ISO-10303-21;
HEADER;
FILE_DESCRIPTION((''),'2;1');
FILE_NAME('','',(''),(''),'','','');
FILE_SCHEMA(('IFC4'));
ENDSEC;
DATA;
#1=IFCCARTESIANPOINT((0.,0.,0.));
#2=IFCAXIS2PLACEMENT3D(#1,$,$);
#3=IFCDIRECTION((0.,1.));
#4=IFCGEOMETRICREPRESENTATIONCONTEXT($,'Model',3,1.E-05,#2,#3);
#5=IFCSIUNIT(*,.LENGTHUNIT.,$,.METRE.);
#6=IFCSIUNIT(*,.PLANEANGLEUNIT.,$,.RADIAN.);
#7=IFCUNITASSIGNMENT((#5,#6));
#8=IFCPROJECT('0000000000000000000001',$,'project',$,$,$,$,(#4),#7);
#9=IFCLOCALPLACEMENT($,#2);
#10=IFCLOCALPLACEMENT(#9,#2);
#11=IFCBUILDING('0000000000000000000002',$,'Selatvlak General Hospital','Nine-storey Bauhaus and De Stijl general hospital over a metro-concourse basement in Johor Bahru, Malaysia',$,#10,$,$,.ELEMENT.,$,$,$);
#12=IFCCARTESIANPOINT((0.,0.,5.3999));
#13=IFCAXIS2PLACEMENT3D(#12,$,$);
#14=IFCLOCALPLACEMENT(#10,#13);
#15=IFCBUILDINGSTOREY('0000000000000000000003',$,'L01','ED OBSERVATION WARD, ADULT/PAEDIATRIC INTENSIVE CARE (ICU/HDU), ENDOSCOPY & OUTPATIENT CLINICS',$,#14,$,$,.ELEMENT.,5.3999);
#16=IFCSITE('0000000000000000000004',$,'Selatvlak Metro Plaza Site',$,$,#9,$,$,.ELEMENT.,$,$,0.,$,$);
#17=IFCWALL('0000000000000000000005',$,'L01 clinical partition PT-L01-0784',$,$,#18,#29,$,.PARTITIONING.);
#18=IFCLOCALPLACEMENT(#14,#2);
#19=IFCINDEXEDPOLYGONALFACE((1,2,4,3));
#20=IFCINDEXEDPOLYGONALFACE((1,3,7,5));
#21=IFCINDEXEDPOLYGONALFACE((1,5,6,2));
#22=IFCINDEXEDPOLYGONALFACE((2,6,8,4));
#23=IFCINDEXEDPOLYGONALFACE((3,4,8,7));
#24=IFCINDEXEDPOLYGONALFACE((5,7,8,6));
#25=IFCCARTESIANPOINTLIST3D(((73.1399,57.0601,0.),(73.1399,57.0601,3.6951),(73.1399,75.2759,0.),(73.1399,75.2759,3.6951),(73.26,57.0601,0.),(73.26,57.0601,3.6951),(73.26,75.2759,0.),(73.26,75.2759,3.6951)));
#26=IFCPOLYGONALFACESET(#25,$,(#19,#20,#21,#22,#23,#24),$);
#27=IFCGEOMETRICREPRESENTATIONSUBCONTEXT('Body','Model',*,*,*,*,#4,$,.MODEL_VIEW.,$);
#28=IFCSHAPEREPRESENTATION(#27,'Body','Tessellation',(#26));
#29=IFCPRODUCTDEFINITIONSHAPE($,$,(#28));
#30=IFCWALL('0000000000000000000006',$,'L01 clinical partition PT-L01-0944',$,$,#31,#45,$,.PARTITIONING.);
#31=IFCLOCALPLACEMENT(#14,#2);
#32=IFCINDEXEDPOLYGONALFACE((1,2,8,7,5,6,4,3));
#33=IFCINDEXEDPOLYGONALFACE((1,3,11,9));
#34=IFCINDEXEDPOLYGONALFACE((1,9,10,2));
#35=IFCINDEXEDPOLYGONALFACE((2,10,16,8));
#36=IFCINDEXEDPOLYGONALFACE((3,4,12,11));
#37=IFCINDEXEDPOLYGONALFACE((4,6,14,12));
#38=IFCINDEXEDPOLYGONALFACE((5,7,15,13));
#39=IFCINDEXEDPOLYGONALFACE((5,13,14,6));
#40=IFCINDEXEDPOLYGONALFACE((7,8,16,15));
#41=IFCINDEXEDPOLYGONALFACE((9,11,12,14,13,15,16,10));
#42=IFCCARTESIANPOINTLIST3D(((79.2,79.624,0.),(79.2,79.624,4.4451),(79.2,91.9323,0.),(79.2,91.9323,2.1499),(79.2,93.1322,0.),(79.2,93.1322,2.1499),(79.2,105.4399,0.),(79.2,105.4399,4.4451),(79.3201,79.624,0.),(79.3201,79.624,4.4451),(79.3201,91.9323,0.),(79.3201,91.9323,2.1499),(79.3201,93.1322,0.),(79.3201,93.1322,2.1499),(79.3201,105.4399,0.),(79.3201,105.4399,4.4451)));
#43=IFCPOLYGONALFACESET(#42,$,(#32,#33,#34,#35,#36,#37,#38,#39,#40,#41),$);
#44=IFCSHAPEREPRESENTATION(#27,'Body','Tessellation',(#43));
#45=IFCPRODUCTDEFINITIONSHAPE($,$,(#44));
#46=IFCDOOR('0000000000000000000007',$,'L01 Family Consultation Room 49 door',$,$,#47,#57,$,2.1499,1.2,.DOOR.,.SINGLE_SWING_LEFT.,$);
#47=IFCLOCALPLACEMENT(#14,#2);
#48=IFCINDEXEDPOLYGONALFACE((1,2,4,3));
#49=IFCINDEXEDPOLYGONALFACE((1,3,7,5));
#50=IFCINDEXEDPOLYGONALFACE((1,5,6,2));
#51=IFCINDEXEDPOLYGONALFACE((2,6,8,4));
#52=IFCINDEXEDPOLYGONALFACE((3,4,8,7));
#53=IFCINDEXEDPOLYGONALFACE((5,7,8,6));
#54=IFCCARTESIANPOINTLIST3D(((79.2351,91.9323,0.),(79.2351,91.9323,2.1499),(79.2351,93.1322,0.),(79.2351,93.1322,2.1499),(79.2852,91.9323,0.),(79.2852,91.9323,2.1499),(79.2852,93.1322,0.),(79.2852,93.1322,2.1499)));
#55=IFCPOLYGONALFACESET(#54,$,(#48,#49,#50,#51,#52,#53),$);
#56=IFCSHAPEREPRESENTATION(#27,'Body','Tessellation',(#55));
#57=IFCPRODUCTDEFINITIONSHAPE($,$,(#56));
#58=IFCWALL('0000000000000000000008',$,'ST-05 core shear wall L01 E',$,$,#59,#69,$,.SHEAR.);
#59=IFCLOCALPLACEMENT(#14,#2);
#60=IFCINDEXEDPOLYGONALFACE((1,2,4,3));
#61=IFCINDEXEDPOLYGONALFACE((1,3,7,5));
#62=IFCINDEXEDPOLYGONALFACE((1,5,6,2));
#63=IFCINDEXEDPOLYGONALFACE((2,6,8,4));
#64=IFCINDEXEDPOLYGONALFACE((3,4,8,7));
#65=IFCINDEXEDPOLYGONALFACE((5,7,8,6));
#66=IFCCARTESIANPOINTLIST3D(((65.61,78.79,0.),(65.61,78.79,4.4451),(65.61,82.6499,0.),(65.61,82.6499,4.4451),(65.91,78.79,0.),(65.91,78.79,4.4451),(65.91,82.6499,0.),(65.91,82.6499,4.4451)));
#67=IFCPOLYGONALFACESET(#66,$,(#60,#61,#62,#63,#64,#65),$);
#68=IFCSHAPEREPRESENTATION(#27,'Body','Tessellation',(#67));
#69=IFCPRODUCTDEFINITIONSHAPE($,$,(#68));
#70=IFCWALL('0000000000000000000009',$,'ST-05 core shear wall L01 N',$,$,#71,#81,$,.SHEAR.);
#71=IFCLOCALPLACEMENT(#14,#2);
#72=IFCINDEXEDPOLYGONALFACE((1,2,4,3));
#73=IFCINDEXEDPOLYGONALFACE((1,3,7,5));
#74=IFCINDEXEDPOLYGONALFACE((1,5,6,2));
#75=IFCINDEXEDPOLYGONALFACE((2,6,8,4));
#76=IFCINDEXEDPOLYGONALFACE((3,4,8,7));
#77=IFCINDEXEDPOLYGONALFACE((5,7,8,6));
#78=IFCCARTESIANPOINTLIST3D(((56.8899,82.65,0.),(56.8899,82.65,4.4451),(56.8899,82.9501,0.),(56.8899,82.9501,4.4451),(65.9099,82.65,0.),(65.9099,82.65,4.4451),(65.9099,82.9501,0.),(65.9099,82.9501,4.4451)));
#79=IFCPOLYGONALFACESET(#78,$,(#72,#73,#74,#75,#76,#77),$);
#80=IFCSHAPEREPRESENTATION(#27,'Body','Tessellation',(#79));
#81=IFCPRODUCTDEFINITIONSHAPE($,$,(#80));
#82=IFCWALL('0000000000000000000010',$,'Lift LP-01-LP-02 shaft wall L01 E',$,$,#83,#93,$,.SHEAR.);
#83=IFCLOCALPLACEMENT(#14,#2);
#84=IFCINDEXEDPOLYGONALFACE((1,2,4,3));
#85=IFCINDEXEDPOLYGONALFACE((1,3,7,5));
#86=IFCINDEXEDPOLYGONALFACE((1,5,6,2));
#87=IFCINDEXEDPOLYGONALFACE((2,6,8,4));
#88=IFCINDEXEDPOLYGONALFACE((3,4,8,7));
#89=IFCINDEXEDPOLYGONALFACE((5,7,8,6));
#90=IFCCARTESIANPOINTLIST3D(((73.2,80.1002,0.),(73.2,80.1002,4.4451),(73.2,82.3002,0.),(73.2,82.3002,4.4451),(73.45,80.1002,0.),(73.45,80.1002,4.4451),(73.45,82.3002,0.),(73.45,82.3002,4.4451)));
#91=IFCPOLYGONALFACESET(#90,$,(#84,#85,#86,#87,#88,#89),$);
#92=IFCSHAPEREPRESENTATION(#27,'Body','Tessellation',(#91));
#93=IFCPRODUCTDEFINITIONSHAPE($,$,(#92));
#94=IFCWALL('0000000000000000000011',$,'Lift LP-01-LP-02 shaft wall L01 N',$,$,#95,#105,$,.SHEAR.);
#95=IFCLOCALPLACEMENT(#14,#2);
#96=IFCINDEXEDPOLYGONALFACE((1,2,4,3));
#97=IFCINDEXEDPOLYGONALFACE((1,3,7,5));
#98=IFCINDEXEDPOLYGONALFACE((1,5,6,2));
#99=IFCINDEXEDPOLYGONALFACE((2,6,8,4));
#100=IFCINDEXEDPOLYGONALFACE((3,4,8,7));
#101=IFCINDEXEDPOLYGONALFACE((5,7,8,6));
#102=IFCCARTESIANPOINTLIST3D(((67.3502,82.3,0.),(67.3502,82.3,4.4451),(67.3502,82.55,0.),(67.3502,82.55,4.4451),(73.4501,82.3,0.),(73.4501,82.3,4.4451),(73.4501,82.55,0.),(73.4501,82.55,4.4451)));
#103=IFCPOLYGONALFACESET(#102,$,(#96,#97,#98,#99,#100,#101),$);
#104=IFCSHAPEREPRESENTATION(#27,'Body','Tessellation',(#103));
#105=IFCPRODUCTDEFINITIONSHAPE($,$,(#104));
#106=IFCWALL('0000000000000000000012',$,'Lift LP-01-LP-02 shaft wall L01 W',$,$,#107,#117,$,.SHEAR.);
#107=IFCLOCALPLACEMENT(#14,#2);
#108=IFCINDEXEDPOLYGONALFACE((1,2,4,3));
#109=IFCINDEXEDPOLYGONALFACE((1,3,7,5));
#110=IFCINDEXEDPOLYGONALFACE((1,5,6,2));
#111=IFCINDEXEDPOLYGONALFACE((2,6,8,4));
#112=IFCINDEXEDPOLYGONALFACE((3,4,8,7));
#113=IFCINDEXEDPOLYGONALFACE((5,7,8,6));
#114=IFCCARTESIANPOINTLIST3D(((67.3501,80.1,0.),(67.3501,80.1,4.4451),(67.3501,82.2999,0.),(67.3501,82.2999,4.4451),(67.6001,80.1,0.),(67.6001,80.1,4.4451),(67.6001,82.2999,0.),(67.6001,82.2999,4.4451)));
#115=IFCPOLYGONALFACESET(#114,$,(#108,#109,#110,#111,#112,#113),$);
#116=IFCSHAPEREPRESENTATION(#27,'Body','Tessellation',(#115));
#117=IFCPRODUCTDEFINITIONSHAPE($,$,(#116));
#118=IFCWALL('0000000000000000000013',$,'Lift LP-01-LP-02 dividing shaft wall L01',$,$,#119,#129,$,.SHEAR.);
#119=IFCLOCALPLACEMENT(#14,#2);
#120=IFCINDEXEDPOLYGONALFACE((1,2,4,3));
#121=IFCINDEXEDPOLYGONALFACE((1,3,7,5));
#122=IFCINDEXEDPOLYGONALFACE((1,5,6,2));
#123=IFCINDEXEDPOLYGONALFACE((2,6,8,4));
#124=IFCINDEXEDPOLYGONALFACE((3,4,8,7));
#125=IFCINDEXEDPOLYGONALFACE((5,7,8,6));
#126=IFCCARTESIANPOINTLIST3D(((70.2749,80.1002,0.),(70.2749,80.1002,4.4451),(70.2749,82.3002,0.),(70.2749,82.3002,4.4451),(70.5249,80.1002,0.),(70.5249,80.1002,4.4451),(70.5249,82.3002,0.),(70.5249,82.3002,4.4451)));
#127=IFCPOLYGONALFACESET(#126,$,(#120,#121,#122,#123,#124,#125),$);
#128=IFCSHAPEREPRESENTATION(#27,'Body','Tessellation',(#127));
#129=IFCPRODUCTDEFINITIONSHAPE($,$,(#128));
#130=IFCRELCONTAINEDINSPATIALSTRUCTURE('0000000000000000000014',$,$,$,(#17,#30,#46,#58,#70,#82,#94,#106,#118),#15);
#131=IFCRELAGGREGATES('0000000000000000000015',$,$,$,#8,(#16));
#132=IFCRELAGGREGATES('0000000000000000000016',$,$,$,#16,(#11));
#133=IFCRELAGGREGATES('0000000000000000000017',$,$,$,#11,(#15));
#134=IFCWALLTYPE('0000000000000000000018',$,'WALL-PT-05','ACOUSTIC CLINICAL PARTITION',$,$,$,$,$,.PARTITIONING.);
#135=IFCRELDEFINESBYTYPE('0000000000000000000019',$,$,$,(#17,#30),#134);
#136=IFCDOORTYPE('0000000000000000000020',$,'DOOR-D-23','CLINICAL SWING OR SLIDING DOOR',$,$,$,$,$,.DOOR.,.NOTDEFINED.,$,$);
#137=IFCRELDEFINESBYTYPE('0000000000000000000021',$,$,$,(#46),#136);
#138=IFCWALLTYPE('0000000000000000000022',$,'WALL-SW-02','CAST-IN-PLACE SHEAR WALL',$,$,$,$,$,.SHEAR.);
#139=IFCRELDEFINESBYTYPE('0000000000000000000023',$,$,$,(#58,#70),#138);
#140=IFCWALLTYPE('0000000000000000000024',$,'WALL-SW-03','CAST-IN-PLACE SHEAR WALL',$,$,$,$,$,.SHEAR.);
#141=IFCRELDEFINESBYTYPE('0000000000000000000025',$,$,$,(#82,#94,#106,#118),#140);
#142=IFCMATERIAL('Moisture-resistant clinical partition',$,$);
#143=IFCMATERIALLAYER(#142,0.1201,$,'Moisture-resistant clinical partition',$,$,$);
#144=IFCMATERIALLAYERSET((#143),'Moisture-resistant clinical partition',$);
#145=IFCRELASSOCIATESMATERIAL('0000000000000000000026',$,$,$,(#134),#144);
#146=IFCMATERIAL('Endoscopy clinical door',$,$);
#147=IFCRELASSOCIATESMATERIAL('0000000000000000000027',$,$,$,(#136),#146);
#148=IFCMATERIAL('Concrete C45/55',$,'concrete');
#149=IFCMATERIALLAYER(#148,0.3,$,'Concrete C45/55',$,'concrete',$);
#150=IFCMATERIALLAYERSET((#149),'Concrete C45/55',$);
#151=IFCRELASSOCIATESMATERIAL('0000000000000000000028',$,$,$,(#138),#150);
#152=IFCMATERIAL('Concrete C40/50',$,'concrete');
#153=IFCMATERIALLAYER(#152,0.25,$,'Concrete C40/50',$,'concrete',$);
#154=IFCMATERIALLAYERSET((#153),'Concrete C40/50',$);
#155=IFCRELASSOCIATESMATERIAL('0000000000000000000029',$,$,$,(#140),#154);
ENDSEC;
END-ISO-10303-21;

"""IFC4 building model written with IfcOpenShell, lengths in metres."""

from ifc_helpers import new_model, si_unit, direction, frame, frame_2d, origin, place, context, subcontext, project, spatial, rectangle, extrude, material, layer, layer_set, type_object, element, fill, save


model = new_model("IFC4")

# Units and contexts
model_context = context("Model", 3, precision=1e-05, world=origin(), true_north=direction((0.0, 1.0)))
body_context = subcontext(model_context, "Body", "Model", "MODEL_VIEW")
ifc_project = project(units=[si_unit("LENGTHUNIT", "METRE"), si_unit("PLANEANGLEUNIT", "RADIAN")], contexts=[model_context])

# Site, building, storey
site_placement = place(None, origin())
site = spatial("IfcSite", under=ifc_project, at=site_placement, Name="Selatvlak Metro Plaza Site", CompositionType="ELEMENT", RefElevation=0.0)
building_placement = place(site_placement, origin())
building = spatial("IfcBuilding", under=site, at=building_placement, Name="Selatvlak General Hospital", Description="Nine-storey Bauhaus and De Stijl general hospital over a metro-concourse basement in Johor Bahru, Malaysia", CompositionType="ELEMENT")
storey_placement = place(building_placement, frame((0.0, 0.0, 5.3999)))
storey = spatial("IfcBuildingStorey", under=building, at=storey_placement, Name="L01", Description="ED OBSERVATION WARD, ADULT/PAEDIATRIC INTENSIVE CARE (ICU/HDU), ENDOSCOPY & OUTPATIENT CLINICS", CompositionType="ELEMENT", Elevation=5.3999)

# Shared definitions
ifc_material_1 = material(Name="Concrete C40/50", Category="concrete")

# Wall
ifc_material_2 = material(Name="Moisture-resistant clinical partition")
ifc_layer_1 = layer(ifc_material_2, 0.1201, Name="Moisture-resistant clinical partition")
ifc_layer_set_1 = layer_set([ifc_layer_1], Name="Moisture-resistant clinical partition")
wall_type_1 = type_object("IfcWallType", Name="WALL-PT-05", Description="ACOUSTIC CLINICAL PARTITION", PredefinedType="PARTITIONING", material=ifc_layer_set_1)
wall_1_placement = place(storey_placement, frame((73.2, 75.2759, 0.0), z_axis=(0.0, 0.0, 1.0), x_axis=(0.0, -1.0, 0.0)))
element("IfcWall", 1, at=wall_1_placement, inside=storey, type_object=wall_type_1, Name="L01 clinical partition PT-L01-0784", PredefinedType="PARTITIONING", context=body_context, shape_type="SweptSolid", body=[
    extrude(rectangle(XDim=18.2158, YDim=0.1201, at=frame_2d((9.1079, 0.0))), origin(), (0.0, 0.0, 1.0), 3.6951),
])

# Wall, opening, door
wall_2_placement = place(storey_placement, frame((79.26, 79.624, 0.0), z_axis=(0.0, 0.0, 1.0), x_axis=(0.0, 1.0, 0.0)))
wall_2 = element("IfcWall", 2, at=wall_2_placement, inside=storey, type_object=wall_type_1, Name="L01 clinical partition PT-L01-0944", PredefinedType="PARTITIONING", context=body_context, shape_type="SweptSolid", body=[
    extrude(rectangle(XDim=25.8159, YDim=0.1201, at=frame_2d((12.908, 0.0))), origin(), (0.0, 0.0, 1.0), 4.4451),
])
opening_1_placement = place(wall_2_placement, frame((12.3081, 0.0, 0.0)))
opening_1 = element("IfcOpeningElement", 3, at=opening_1_placement, cuts=wall_2, PredefinedType="OPENING", context=body_context, shape_type="SweptSolid", body=[
    extrude(rectangle(XDim=1.2, YDim=2.1499, at=frame_2d((0.6001, 1.075))), frame((0.0, 0.0701, 0.0), z_axis=(0.0, -1.0, 0.0), x_axis=(1.0, 0.0, 0.0)), (0.0, 0.0, 1.0), 0.1401),
])
ifc_material_3 = material(Name="Endoscopy clinical door")
door_type_1 = type_object("IfcDoorType", Name="DOOR-D-23", Description="CLINICAL SWING OR SLIDING DOOR", OperationType="NOTDEFINED", PredefinedType="DOOR", material=ifc_material_3)
door_1_placement = place(opening_1_placement, origin())
door_1 = element("IfcDoor", 4, at=door_1_placement, inside=storey, type_object=door_type_1, Name="L01 Family Consultation Room 49 door", OperationType="SINGLE_SWING_LEFT", OverallHeight=2.1499, OverallWidth=1.2, PredefinedType="DOOR", context=body_context, shape_type="SweptSolid", body=[
    extrude(rectangle(XDim=1.2, YDim=2.1499, at=frame_2d((0.6001, 1.075))), frame((0.0, 0.0249, 0.0), z_axis=(0.0, -1.0, 0.0), x_axis=(1.0, 0.0, 0.0)), (0.0, 0.0, 1.0), 0.05),
])
fill(opening_1, door_1)

# Walls
ifc_material_4 = material(Name="Concrete C45/55", Category="concrete")
ifc_layer_2 = layer(ifc_material_4, 0.3, Name="Concrete C45/55", Category="concrete")
ifc_layer_set_2 = layer_set([ifc_layer_2], Name="Concrete C45/55")
wall_type_2 = type_object("IfcWallType", Name="WALL-SW-02", Description="CAST-IN-PLACE SHEAR WALL", PredefinedType="SHEAR", material=ifc_layer_set_2)
wall_3_placement = place(storey_placement, frame((65.76, 78.79, 0.0), z_axis=(0.0, 0.0, 1.0), x_axis=(0.0, 1.0, 0.0)))
element("IfcWall", 5, at=wall_3_placement, inside=storey, type_object=wall_type_2, Name="ST-05 core shear wall L01 E", PredefinedType="SHEAR", context=body_context, shape_type="SweptSolid", body=[
    extrude(rectangle(XDim=3.8599, YDim=0.3, at=frame_2d((1.9299, 0.0))), origin(), (0.0, 0.0, 1.0), 4.4451),
])
wall_4_placement = place(storey_placement, frame((65.9099, 82.8, 0.0), z_axis=(0.0, 0.0, 1.0), x_axis=(-1.0, 0.0, 0.0)))
element("IfcWall", 6, at=wall_4_placement, inside=storey, type_object=wall_type_2, Name="ST-05 core shear wall L01 N", PredefinedType="SHEAR", context=body_context, shape_type="SweptSolid", body=[
    extrude(rectangle(XDim=9.02, YDim=0.3, at=frame_2d((4.51, 0.0))), origin(), (0.0, 0.0, 1.0), 4.4451),
])

# Shared definitions
ifc_layer_3 = layer(ifc_material_1, 0.25, Name="Concrete C40/50", Category="concrete")
ifc_layer_set_3 = layer_set([ifc_layer_3], Name="Concrete C40/50")
wall_type_3 = type_object("IfcWallType", Name="WALL-SW-03", Description="CAST-IN-PLACE SHEAR WALL", PredefinedType="SHEAR", material=ifc_layer_set_3)

# Walls
wall_5_placement = place(storey_placement, frame((73.325, 80.1001, 0.0), z_axis=(0.0, 0.0, 1.0), x_axis=(0.0, 1.0, 0.0)))
element("IfcWall", 7, at=wall_5_placement, inside=storey, type_object=wall_type_3, Name="Lift LP-01-LP-02 shaft wall L01 E", PredefinedType="SHEAR", context=body_context, shape_type="SweptSolid", body=[
    extrude(rectangle(XDim=2.2, YDim=0.25, at=frame_2d((1.1001, 0.0))), origin(), (0.0, 0.0, 1.0), 4.4451),
])
wall_6_placement = place(storey_placement, frame((73.45, 82.425, 0.0), z_axis=(0.0, 0.0, 1.0), x_axis=(-1.0, 0.0, 0.0)))
element("IfcWall", 8, at=wall_6_placement, inside=storey, type_object=wall_type_3, Name="Lift LP-01-LP-02 shaft wall L01 N", PredefinedType="SHEAR", context=body_context, shape_type="SweptSolid", body=[
    extrude(rectangle(XDim=6.0999, YDim=0.25, at=frame_2d((3.0498, 0.0))), origin(), (0.0, 0.0, 1.0), 4.4451),
])
for number, where, z_axis, x_axis, name in (
    (9, (67.4751, 82.3, 0.0), (0.0, 0.0, 1.0), (0.0, -1.0, 0.0), "Lift LP-01-LP-02 shaft wall L01 W"),
    (10, (70.3999, 80.1001, 0.0), (0.0, 0.0, 1.0), (0.0, 1.0, 0.0), "Lift LP-01-LP-02 dividing shaft wall L01"),
):
    element("IfcWall", number, at=place(storey_placement, frame(where, z_axis=z_axis, x_axis=x_axis)), inside=storey, type_object=wall_type_3, Name=name, PredefinedType="SHEAR", context=body_context, shape_type="SweptSolid", body=[
        extrude(rectangle(XDim=2.2, YDim=0.25, at=frame_2d((1.1001, 0.0))), origin(), (0.0, 0.0, 1.0), 4.4451),
    ])

save(model, "model.ifc")
